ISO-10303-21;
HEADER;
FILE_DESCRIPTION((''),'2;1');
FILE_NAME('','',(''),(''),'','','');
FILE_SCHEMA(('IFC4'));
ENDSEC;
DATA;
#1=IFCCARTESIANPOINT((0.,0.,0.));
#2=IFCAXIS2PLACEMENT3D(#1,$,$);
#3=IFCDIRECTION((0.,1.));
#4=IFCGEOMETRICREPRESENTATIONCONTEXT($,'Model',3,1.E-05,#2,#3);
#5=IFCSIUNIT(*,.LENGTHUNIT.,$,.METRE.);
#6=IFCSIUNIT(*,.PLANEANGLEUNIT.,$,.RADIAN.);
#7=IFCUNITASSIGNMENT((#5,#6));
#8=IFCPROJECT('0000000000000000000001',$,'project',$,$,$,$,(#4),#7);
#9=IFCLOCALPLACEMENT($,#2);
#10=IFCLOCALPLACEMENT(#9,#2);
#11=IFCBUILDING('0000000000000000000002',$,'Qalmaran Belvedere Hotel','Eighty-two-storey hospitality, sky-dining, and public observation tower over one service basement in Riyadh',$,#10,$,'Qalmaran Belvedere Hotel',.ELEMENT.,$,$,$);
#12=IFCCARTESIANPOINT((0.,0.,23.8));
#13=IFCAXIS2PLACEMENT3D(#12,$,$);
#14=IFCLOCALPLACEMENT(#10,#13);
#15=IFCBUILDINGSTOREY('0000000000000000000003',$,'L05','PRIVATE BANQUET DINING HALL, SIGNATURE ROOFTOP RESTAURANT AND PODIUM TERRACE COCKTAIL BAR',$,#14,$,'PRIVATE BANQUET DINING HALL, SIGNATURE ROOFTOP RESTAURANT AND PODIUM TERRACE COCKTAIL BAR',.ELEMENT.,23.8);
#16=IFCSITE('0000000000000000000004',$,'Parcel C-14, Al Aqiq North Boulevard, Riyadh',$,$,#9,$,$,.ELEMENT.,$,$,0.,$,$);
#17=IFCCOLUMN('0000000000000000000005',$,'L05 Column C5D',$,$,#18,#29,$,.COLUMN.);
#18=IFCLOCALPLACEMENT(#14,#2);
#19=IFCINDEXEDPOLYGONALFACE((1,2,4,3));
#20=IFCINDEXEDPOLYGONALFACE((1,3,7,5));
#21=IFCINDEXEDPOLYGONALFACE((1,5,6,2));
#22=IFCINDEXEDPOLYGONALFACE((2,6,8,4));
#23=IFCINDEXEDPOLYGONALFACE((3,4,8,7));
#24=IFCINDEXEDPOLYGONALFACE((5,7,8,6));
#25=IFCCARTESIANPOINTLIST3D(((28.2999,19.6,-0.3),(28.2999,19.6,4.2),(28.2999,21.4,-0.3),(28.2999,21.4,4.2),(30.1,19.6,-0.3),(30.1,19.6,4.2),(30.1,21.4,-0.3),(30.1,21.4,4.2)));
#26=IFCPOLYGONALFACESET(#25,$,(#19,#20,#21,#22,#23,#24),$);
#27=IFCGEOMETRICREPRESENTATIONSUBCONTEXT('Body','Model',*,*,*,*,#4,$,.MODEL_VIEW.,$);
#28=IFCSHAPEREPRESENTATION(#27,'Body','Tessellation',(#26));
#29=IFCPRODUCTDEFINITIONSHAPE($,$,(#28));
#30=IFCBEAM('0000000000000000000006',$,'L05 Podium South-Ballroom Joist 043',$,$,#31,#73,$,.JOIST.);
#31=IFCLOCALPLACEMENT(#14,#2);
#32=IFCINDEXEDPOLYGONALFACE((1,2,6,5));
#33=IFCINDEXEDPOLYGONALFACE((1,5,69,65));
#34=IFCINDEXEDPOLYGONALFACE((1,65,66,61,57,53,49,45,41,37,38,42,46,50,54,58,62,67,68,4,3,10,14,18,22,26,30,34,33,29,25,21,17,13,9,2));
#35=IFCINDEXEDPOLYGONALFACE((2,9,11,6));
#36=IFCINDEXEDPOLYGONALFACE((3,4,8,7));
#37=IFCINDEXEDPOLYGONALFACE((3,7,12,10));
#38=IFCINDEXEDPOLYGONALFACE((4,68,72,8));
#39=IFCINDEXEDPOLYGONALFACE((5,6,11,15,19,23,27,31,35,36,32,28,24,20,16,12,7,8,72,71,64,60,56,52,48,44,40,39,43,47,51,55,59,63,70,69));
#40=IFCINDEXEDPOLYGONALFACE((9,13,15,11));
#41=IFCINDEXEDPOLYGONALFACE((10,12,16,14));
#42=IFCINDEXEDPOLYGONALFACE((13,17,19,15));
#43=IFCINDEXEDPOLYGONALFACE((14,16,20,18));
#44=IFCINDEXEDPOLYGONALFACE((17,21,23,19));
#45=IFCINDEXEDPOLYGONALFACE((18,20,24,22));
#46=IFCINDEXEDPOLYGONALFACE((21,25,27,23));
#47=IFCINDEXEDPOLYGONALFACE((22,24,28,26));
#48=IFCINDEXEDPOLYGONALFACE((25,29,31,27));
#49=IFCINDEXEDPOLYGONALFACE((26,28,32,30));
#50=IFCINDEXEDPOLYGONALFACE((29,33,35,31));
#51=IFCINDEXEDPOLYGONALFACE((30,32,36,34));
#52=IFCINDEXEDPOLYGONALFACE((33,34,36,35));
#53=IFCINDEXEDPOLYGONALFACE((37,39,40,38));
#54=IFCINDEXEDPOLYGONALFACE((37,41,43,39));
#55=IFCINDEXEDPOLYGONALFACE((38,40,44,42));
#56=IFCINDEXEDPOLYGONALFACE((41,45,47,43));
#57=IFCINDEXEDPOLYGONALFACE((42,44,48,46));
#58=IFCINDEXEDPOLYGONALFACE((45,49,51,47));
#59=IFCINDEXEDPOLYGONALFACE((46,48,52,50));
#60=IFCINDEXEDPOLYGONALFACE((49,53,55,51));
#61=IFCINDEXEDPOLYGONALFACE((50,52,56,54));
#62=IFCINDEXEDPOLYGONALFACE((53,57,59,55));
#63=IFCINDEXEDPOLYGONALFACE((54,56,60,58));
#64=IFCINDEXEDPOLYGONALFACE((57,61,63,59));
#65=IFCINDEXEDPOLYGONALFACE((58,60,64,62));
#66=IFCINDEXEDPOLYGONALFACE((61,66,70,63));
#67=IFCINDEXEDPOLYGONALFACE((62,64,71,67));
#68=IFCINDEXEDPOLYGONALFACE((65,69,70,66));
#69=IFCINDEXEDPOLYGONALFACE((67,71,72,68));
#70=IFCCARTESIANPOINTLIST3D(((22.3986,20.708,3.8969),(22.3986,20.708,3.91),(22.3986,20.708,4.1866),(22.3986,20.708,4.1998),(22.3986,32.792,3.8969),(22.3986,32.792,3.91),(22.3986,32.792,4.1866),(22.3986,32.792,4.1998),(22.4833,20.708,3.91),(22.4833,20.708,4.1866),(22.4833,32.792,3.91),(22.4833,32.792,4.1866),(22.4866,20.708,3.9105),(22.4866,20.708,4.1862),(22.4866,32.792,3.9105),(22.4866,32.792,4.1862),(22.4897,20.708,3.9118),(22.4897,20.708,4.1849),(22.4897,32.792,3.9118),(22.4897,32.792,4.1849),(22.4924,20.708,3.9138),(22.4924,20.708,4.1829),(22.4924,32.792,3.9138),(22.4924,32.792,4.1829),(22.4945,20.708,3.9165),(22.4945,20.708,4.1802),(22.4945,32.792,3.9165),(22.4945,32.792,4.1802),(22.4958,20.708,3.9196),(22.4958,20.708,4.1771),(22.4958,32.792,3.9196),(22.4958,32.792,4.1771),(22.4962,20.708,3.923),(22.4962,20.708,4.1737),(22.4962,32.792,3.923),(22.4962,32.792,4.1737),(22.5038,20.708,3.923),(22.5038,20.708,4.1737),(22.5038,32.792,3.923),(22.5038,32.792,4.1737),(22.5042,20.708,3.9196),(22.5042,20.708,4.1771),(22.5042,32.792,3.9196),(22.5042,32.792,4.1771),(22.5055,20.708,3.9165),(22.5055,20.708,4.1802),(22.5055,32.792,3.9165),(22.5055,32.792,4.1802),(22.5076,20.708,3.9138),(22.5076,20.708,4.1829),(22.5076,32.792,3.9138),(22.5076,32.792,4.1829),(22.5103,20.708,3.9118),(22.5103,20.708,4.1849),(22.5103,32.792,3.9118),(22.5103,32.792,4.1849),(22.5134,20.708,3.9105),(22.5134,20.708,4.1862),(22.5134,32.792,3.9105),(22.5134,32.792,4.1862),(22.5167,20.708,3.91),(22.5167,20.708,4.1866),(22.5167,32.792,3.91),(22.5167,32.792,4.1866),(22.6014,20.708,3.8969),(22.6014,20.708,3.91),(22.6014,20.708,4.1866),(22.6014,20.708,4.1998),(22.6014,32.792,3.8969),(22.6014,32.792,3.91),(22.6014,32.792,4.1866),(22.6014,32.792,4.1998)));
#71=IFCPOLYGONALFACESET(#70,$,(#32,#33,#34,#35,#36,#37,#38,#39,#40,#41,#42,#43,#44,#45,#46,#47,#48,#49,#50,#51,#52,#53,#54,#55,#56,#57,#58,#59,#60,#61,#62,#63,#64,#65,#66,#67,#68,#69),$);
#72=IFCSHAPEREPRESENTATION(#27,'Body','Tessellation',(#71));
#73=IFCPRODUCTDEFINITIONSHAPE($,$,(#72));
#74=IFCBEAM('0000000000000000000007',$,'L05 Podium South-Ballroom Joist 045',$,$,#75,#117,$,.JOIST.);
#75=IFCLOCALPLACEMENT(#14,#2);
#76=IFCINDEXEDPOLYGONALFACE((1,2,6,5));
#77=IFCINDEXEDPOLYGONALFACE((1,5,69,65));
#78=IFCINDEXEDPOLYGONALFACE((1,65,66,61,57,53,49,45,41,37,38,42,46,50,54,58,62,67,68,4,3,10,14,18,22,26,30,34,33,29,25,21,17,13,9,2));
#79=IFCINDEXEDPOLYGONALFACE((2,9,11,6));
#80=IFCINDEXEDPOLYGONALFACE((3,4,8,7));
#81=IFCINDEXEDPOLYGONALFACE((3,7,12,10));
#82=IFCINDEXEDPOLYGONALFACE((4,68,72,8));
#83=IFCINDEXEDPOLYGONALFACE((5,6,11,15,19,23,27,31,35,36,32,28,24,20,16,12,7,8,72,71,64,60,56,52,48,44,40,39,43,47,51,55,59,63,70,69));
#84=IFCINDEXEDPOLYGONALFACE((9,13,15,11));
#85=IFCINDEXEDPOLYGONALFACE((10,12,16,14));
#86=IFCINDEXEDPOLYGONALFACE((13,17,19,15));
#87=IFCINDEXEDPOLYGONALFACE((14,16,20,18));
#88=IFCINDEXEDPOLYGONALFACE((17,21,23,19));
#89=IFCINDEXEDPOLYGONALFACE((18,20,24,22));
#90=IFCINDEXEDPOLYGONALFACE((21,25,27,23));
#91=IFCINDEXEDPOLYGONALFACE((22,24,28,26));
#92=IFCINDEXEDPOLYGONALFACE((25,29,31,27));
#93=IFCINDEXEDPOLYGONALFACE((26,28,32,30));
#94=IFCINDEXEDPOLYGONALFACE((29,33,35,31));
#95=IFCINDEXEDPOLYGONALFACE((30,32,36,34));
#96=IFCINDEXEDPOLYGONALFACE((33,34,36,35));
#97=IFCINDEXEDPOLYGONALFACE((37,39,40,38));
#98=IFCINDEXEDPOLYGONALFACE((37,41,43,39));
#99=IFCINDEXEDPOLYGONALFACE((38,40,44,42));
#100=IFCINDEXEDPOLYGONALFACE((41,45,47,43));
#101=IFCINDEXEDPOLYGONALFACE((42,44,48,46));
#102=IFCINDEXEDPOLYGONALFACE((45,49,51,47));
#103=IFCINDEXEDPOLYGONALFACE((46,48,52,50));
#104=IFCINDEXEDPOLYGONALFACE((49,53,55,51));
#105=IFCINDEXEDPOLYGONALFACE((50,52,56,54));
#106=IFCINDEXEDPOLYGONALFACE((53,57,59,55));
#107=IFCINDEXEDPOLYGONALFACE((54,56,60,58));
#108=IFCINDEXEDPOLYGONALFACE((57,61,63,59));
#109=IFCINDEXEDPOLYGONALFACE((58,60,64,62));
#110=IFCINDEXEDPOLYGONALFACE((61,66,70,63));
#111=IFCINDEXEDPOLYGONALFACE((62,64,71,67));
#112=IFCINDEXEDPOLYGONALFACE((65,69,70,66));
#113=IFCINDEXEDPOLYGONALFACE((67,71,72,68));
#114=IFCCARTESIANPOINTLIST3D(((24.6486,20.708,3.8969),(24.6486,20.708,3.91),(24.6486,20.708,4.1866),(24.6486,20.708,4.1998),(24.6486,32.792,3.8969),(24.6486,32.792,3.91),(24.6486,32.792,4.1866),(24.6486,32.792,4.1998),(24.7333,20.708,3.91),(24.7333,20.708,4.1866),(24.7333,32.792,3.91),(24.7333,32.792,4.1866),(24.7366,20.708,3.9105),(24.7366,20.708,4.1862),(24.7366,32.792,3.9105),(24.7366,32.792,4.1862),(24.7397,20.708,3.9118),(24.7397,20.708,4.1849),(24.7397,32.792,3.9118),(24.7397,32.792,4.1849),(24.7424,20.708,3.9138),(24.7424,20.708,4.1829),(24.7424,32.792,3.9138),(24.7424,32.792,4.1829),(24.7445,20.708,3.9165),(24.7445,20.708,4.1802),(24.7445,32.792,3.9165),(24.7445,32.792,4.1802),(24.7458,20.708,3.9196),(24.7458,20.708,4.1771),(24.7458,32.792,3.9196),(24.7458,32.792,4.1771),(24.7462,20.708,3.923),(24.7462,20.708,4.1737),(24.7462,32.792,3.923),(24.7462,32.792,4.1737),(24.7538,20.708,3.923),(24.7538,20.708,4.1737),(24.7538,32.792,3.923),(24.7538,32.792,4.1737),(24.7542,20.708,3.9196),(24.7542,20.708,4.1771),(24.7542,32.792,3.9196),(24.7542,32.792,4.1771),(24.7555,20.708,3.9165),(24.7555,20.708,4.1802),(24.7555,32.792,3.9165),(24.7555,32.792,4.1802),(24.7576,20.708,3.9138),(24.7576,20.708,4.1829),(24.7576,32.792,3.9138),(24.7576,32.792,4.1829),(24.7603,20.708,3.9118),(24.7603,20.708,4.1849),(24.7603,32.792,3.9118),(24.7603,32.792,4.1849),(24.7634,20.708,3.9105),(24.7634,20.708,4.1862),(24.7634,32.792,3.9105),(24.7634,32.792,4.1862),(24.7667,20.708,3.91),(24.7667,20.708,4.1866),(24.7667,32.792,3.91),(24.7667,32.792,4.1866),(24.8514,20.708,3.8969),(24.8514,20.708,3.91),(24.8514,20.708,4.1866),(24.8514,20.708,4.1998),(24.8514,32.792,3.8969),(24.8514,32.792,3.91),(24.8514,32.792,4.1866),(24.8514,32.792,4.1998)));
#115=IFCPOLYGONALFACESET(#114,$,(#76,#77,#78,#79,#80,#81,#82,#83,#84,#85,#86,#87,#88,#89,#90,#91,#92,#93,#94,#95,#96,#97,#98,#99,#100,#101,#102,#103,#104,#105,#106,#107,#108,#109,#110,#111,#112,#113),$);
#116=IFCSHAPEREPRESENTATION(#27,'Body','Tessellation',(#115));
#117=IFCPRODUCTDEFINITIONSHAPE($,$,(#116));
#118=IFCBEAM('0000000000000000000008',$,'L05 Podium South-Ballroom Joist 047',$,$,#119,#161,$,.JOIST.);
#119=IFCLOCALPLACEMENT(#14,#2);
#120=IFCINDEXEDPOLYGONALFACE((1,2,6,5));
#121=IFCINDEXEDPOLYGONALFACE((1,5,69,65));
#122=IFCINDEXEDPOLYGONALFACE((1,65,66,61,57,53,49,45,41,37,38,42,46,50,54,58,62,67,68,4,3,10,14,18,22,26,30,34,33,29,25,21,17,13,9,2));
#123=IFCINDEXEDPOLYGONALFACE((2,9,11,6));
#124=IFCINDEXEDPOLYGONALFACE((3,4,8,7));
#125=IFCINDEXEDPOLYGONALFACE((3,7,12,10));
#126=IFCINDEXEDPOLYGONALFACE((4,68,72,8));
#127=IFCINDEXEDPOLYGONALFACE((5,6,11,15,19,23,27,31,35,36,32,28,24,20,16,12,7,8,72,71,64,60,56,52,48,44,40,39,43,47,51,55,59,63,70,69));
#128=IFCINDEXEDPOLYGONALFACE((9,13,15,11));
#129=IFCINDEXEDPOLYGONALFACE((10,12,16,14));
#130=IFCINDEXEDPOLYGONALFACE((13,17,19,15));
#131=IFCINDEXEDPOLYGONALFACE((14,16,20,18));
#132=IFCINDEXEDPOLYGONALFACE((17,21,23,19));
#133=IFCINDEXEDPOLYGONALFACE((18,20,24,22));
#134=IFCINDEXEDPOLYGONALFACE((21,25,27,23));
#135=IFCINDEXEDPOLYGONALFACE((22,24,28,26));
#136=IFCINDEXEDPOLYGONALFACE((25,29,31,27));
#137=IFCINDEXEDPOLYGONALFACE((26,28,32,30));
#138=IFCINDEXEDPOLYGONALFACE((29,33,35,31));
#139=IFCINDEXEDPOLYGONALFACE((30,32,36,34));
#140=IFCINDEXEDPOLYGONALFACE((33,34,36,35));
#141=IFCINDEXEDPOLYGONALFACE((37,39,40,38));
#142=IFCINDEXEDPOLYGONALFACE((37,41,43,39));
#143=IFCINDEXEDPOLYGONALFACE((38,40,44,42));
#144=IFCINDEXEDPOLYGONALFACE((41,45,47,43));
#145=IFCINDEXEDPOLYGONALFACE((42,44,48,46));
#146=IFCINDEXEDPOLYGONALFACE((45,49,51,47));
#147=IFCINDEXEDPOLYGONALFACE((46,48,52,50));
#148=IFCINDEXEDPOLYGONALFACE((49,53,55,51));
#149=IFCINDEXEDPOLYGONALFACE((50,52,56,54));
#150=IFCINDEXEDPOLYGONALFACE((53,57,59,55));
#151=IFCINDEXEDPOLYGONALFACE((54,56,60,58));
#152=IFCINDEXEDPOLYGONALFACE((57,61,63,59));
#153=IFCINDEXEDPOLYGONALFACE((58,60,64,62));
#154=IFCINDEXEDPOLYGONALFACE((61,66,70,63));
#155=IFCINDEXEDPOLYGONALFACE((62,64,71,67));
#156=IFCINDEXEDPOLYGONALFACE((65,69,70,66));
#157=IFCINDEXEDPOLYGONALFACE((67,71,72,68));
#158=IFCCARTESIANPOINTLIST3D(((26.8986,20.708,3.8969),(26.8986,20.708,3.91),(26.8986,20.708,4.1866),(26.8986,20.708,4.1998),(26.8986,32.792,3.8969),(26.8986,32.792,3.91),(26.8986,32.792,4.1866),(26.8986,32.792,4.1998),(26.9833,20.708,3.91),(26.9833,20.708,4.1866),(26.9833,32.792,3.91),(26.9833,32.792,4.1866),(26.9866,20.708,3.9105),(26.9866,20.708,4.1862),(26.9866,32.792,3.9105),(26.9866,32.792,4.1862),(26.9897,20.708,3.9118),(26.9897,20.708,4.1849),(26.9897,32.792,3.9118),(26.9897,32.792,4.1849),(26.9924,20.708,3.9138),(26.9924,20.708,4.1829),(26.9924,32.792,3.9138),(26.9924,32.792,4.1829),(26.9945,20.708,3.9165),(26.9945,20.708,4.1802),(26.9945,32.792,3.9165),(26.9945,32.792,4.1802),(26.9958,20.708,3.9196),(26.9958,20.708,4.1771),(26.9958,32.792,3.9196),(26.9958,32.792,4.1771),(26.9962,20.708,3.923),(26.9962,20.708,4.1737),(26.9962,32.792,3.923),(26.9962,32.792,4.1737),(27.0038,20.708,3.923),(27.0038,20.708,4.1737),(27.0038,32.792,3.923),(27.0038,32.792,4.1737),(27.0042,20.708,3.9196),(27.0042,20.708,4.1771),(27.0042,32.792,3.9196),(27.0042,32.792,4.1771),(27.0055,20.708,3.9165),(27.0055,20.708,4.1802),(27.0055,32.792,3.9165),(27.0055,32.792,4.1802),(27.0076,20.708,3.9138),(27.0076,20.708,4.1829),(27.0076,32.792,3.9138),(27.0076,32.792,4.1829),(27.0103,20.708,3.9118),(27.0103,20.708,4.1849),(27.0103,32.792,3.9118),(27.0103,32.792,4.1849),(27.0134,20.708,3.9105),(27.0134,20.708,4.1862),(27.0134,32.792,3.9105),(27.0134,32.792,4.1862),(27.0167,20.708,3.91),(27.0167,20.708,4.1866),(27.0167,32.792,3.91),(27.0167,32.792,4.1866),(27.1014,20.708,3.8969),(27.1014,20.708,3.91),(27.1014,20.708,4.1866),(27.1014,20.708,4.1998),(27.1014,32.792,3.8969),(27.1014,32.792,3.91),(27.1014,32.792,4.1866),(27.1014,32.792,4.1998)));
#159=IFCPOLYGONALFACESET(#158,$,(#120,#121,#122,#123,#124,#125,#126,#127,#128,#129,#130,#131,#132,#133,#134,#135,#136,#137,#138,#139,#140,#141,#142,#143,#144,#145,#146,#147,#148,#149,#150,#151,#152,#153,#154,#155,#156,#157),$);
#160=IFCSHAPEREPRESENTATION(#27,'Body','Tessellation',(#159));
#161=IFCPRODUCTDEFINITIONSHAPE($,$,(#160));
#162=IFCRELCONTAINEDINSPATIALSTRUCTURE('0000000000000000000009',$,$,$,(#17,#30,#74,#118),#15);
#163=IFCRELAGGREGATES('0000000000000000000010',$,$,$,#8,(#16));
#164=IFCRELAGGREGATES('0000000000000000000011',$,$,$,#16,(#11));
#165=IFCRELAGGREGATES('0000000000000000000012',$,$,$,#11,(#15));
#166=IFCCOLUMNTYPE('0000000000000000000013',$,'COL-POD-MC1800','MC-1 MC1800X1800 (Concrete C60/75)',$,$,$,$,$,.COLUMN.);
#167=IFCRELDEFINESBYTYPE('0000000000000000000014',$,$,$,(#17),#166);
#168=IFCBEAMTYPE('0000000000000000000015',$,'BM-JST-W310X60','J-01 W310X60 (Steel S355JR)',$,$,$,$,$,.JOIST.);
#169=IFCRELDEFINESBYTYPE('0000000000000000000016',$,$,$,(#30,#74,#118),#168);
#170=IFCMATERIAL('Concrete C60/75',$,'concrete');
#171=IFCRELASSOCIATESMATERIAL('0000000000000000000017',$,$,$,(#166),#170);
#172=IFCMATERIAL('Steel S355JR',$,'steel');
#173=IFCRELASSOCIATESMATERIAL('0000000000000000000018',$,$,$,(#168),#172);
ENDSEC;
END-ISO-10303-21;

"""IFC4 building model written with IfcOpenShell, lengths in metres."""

from ifc_helpers import new_model, si_unit, direction, frame, origin, origin_2d, place, context, subcontext, project, spatial, rectangle, i_section, extrude, material, material_profile, profile_set, type_object, element, save


model = new_model("IFC4")

# Units and contexts
model_context = context("Model", 3, precision=1e-05, world=origin(), true_north=direction((0.0, 1.0)))
body_context = subcontext(model_context, "Body", "Model", "MODEL_VIEW")
ifc_project = project(units=[si_unit("LENGTHUNIT", "METRE"), si_unit("PLANEANGLEUNIT", "RADIAN")], contexts=[model_context])

# Site, building, storey
site_placement = place(None, origin())
site = spatial("IfcSite", under=ifc_project, at=site_placement, Name="Parcel C-14, Al Aqiq North Boulevard, Riyadh", CompositionType="ELEMENT", RefElevation=0.0)
building_placement = place(site_placement, origin())
building = spatial("IfcBuilding", under=site, at=building_placement, Name="Qalmaran Belvedere Hotel", Description="Eighty-two-storey hospitality, sky-dining, and public observation tower over one service basement in Riyadh", LongName="Qalmaran Belvedere Hotel", CompositionType="ELEMENT")
storey_placement = place(building_placement, frame((0.0, 0.0, 23.8)))
storey = spatial("IfcBuildingStorey", under=building, at=storey_placement, Name="L05", Description="PRIVATE BANQUET DINING HALL, SIGNATURE ROOFTOP RESTAURANT AND PODIUM TERRACE COCKTAIL BAR", LongName="PRIVATE BANQUET DINING HALL, SIGNATURE ROOFTOP RESTAURANT AND PODIUM TERRACE COCKTAIL BAR", CompositionType="ELEMENT", Elevation=23.8)

# Column
ifc_material_1 = material(Name="Concrete C60/75", Category="concrete")
ifc_material_profile_1 = material_profile(ifc_material_1, rectangle(XDim=1.8, YDim=1.8, at=origin_2d()), Name="MC1800X1800")
ifc_profile_set_1 = profile_set([ifc_material_profile_1], Name="Concrete C60/75")
column_type = type_object("IfcColumnType", Name="COL-POD-MC1800", Description="MC-1 MC1800X1800 (Concrete C60/75)", PredefinedType="COLUMN", material=ifc_profile_set_1)
column_placement = place(storey_placement, frame((29.2, 20.5, -0.3), z_axis=(0.0, 0.0, 1.0), x_axis=(1.0, 0.0, 0.0)))
element("IfcColumn", 1, at=column_placement, inside=storey, type_object=column_type, Name="L05 Column C5D", PredefinedType="COLUMN", context=body_context, shape_type="SweptSolid", body=[
    extrude(rectangle(XDim=1.8, YDim=1.8, at=origin_2d()), origin(), (0.0, 0.0, 1.0), 4.5),
])

# Beams
ifc_material_2 = material(Name="Steel S355JR", Category="steel")
ifc_material_profile_2 = material_profile(ifc_material_2, i_section(OverallWidth=0.2029, OverallDepth=0.303, WebThickness=0.0076, FlangeThickness=0.0132, FilletRadius=0.0129, at=origin_2d()), Name="W310X60")
ifc_profile_set_2 = profile_set([ifc_material_profile_2], Name="Steel S355JR")
beam_type_1 = type_object("IfcBeamType", Name="BM-JST-W310X60", Description="J-01 W310X60 (Steel S355JR)", PredefinedType="JOIST", material=ifc_profile_set_2)
for number, where, z_axis, x_axis, name in (
    (2, (22.5, 20.708, 4.0483), (0.0, 1.0, 0.0), (-1.0, 0.0, 0.0), "L05 Podium South-Ballroom Joist 043"),
    (3, (24.75, 20.708, 4.0483), (0.0, 1.0, 0.0), (-1.0, 0.0, 0.0), "L05 Podium South-Ballroom Joist 045"),
    (4, (27.0, 20.708, 4.0483), (0.0, 1.0, 0.0), (-1.0, 0.0, 0.0), "L05 Podium South-Ballroom Joist 047"),
):
    element("IfcBeam", number, at=place(storey_placement, frame(where, z_axis=z_axis, x_axis=x_axis)), inside=storey, type_object=beam_type_1, Name=name, PredefinedType="JOIST", context=body_context, shape_type="SweptSolid", body=[
        extrude(i_section(OverallWidth=0.2029, OverallDepth=0.303, WebThickness=0.0076, FlangeThickness=0.0132, FilletRadius=0.0129, at=origin_2d()), origin(), (0.0, 0.0, 1.0), 12.084),
    ])

save(model, "model.ifc")
